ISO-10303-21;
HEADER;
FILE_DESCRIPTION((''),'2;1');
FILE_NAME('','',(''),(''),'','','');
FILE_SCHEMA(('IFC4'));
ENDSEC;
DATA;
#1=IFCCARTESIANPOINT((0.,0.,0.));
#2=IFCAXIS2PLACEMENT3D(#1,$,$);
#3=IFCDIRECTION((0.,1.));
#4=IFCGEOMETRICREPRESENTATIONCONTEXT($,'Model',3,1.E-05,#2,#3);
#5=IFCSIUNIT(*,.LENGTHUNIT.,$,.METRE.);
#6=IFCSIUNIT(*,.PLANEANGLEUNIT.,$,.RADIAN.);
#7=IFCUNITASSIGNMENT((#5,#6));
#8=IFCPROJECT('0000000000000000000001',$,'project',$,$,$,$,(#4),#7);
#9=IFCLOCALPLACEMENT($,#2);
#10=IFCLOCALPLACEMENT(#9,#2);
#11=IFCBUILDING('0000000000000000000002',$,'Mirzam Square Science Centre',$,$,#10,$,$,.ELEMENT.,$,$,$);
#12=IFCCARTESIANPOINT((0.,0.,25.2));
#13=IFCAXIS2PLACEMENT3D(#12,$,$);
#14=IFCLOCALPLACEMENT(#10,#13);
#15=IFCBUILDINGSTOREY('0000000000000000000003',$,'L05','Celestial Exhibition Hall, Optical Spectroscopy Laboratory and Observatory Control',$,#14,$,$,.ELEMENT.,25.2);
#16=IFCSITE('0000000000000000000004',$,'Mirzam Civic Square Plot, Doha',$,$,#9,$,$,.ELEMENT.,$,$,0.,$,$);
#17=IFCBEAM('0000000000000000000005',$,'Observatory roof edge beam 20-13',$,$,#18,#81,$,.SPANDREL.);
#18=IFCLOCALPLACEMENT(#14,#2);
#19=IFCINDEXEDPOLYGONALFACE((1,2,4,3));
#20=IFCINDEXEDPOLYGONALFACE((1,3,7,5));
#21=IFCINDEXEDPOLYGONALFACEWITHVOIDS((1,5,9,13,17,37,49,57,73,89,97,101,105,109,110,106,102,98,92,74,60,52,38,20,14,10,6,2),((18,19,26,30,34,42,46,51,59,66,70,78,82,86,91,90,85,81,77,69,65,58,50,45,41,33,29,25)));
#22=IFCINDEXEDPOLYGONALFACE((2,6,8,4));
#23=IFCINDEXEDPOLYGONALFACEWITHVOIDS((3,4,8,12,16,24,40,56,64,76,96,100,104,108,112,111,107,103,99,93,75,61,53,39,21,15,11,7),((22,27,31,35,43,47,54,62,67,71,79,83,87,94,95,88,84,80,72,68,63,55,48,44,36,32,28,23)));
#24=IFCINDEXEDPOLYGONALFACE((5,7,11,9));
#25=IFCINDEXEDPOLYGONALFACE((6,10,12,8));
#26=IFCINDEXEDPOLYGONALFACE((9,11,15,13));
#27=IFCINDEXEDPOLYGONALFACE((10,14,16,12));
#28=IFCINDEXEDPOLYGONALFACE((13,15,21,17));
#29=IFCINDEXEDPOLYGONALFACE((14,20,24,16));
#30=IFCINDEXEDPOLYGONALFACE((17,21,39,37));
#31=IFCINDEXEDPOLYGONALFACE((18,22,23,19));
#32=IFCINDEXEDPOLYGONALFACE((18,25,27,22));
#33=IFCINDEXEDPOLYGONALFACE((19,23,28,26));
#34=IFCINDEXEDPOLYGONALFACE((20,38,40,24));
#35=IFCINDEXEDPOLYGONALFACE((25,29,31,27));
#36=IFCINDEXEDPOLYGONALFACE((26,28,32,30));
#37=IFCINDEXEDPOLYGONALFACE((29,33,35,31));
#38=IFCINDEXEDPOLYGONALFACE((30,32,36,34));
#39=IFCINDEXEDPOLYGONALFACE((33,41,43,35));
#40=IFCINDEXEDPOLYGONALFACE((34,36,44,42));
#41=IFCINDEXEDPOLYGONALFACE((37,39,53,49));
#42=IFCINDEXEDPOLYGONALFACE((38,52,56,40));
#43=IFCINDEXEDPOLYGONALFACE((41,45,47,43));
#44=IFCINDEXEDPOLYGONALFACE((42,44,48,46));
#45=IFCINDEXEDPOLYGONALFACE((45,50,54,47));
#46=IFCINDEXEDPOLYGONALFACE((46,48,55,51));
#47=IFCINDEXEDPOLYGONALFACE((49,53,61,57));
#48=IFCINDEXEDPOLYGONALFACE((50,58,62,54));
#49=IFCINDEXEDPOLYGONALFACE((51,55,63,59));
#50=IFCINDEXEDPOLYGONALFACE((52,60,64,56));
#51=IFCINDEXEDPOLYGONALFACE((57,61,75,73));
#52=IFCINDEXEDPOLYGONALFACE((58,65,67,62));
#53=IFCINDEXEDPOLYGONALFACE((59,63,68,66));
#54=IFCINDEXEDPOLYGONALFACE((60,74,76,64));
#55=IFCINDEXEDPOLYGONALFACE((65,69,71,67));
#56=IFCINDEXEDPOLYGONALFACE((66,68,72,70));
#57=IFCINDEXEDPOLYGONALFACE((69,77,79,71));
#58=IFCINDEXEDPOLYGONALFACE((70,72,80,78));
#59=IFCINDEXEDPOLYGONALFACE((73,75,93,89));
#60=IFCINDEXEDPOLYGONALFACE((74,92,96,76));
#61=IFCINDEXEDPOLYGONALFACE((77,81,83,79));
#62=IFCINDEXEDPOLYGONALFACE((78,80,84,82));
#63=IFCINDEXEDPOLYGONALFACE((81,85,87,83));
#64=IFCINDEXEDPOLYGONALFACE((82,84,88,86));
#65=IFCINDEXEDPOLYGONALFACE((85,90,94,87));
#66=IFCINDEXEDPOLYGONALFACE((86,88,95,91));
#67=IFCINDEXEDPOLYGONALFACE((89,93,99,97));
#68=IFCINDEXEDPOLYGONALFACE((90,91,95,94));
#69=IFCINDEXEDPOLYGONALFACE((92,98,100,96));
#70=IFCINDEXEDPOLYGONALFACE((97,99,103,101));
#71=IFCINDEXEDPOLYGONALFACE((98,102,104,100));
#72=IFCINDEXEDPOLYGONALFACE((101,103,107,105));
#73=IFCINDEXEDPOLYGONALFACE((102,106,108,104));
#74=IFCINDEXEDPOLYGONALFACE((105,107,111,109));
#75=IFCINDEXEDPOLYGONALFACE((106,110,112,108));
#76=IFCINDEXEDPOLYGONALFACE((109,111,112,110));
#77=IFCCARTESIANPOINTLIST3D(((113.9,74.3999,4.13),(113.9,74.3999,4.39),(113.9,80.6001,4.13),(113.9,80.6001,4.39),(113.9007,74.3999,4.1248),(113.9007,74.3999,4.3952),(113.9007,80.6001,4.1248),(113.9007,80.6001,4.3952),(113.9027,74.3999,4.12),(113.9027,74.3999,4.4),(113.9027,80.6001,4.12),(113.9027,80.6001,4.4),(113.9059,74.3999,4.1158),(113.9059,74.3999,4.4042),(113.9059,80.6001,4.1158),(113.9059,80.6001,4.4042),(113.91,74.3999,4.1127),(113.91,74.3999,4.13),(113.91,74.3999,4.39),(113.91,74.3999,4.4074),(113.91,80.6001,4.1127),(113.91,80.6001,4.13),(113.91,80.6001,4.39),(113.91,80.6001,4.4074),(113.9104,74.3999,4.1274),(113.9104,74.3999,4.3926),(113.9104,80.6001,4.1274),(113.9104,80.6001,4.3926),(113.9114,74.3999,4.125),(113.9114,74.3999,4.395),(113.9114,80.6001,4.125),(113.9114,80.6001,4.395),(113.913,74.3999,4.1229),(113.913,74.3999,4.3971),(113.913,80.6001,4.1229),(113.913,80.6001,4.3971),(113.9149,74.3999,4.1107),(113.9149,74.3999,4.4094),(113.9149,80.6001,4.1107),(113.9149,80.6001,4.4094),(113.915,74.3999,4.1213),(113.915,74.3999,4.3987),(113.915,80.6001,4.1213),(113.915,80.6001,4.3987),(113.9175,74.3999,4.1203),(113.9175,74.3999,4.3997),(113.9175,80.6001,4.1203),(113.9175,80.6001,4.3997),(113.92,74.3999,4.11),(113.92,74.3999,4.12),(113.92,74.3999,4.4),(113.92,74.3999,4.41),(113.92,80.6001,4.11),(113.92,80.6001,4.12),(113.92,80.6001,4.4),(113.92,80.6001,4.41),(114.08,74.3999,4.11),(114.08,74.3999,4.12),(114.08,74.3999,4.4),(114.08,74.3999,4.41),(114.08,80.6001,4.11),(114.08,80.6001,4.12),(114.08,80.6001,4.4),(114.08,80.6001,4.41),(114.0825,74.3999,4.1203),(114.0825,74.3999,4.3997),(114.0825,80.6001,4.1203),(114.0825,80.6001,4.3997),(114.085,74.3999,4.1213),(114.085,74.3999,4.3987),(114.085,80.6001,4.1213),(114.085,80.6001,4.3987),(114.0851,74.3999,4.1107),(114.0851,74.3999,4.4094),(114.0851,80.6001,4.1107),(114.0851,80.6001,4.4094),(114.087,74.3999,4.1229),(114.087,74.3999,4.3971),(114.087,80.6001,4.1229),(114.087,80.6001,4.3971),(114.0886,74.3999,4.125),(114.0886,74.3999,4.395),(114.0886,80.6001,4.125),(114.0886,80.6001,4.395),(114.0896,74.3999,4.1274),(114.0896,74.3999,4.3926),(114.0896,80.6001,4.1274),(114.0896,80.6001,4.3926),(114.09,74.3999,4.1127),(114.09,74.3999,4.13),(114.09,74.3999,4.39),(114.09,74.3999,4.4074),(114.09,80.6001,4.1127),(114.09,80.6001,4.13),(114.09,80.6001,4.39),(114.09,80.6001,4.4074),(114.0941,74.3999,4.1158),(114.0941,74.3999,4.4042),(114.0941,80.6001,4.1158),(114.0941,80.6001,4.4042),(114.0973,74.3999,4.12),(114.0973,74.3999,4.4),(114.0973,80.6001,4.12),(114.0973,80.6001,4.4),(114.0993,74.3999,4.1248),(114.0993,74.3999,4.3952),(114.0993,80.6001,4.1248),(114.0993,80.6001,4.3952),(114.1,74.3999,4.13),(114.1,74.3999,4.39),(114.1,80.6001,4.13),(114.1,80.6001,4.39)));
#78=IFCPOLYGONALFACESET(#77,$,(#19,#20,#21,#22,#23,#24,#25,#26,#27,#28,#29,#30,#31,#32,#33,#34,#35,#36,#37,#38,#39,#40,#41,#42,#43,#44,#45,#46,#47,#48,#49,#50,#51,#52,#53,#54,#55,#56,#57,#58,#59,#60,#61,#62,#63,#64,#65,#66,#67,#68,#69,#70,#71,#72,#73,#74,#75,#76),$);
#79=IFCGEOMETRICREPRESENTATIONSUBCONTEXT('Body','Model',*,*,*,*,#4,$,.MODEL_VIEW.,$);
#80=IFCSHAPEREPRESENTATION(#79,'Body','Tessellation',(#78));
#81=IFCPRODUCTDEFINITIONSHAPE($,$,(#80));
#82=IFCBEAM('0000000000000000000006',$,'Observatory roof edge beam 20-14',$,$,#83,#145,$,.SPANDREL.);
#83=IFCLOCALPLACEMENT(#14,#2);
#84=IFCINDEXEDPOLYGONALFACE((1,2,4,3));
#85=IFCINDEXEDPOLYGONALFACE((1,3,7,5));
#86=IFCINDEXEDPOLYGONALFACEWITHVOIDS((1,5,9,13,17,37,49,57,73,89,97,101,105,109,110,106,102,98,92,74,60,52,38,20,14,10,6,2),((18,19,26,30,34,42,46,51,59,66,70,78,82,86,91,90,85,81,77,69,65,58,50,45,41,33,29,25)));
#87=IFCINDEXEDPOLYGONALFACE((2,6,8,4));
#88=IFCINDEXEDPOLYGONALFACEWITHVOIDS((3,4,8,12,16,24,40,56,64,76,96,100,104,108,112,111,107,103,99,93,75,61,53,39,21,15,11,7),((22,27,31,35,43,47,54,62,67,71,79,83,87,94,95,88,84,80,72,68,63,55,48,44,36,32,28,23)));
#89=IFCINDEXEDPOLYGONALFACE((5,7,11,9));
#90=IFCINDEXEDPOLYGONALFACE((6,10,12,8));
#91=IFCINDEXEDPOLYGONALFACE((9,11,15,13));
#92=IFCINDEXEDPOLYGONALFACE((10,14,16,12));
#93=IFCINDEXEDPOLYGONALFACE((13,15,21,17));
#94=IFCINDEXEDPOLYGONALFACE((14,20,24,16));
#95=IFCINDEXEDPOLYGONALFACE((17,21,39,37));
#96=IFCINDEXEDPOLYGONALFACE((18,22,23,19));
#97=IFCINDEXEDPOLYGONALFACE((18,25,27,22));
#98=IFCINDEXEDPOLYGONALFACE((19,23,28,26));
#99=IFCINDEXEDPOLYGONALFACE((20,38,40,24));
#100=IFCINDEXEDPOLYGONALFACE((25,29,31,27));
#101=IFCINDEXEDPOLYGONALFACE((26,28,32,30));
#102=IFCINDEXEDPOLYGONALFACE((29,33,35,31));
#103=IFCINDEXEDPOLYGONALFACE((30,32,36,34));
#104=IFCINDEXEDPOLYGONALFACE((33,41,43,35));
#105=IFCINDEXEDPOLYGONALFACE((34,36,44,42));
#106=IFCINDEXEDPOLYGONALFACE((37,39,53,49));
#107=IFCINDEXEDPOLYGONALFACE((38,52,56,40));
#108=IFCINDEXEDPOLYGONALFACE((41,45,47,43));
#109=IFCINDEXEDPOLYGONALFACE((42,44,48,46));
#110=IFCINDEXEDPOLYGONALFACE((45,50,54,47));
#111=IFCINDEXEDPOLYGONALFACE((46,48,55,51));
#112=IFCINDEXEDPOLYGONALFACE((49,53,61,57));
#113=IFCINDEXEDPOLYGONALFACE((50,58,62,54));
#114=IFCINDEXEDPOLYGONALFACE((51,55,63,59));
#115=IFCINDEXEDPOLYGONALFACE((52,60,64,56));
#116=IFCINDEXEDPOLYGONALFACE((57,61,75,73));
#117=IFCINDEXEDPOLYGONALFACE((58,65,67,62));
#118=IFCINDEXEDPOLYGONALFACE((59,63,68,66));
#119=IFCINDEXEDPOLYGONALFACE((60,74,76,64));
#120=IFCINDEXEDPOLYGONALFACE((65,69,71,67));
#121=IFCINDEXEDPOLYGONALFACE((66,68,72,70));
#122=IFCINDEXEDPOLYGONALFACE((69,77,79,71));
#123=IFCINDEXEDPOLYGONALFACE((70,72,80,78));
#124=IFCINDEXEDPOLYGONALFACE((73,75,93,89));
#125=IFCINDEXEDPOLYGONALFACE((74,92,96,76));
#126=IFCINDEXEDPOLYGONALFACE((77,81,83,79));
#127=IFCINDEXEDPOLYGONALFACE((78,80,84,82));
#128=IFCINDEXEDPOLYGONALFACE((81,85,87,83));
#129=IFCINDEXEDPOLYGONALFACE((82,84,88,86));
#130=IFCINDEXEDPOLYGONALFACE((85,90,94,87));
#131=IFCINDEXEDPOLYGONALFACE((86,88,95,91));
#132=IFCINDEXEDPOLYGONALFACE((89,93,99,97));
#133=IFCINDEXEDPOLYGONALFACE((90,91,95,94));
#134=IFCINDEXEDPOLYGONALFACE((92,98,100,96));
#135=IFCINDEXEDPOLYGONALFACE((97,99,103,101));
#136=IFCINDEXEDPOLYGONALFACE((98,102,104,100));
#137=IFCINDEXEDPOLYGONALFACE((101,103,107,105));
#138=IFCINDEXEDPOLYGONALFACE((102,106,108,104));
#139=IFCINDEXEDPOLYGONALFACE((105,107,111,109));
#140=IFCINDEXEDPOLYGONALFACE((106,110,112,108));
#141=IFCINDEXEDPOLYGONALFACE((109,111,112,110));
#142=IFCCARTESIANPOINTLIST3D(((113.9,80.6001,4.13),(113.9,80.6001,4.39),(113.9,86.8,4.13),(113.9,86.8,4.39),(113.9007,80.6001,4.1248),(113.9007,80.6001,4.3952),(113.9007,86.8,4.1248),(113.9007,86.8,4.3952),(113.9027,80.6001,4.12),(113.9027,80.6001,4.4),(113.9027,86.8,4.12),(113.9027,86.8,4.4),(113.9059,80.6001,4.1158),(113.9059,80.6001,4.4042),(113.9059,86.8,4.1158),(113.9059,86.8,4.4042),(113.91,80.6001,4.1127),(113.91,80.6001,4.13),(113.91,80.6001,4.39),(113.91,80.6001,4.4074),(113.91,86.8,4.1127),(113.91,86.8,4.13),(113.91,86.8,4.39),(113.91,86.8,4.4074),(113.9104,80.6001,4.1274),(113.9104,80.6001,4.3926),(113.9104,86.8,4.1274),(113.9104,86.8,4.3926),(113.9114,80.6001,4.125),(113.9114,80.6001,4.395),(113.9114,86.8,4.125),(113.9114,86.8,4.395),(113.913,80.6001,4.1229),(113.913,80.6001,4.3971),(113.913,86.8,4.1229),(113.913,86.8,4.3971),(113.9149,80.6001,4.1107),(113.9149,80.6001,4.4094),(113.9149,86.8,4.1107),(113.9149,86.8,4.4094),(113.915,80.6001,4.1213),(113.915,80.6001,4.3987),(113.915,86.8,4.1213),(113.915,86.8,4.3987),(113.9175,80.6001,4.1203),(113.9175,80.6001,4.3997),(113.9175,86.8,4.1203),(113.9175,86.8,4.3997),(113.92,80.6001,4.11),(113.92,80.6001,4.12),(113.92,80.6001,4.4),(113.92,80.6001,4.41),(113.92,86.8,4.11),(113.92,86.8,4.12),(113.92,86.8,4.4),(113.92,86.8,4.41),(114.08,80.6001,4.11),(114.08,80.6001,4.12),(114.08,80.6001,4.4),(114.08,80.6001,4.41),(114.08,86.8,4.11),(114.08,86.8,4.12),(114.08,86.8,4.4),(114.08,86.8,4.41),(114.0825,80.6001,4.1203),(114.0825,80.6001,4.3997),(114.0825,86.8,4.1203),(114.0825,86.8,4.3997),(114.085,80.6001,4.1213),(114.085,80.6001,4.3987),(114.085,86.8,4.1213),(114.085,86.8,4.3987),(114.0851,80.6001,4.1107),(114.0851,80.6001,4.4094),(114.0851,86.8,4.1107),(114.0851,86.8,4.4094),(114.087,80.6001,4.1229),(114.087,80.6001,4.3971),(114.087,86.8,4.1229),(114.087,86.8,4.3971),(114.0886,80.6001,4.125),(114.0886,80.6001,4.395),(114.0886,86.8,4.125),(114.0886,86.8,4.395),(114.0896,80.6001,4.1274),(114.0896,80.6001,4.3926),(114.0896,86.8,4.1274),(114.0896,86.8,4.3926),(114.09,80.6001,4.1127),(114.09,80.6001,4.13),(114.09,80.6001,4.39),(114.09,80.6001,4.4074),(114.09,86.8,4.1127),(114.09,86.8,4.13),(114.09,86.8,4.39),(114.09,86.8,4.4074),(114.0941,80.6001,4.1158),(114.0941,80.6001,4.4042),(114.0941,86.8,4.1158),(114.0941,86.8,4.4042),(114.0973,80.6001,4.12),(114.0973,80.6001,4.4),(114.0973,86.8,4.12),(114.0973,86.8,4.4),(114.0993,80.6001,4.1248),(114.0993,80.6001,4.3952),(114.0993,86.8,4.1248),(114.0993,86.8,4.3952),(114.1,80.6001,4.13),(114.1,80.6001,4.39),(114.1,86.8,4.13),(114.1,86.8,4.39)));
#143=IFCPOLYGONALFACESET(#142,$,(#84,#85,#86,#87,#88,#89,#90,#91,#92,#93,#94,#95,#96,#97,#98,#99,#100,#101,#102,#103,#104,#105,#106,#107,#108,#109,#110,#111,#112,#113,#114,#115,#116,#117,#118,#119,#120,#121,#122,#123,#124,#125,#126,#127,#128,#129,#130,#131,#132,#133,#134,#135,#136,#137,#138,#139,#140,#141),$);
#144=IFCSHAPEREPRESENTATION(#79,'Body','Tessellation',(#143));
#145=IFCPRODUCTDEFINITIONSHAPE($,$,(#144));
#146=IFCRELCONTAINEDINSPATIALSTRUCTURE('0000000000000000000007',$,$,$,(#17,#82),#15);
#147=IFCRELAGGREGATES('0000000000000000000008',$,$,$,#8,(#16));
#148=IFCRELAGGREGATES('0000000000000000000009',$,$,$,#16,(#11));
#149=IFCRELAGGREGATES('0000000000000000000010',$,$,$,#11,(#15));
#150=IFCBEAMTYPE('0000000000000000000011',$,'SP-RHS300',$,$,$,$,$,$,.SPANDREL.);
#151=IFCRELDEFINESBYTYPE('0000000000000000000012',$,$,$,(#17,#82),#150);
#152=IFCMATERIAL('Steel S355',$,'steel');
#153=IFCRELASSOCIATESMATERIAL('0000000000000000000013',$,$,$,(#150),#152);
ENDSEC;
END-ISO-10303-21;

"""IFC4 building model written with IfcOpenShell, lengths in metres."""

from ifc_helpers import new_model, si_unit, direction, frame, origin, origin_2d, place, context, subcontext, project, spatial, hollow_rectangle, extrude, material, material_profile, profile_set, type_object, element, save


model = new_model("IFC4")

# Units and contexts
model_context = context("Model", 3, precision=1e-05, world=origin(), true_north=direction((0.0, 1.0)))
body_context = subcontext(model_context, "Body", "Model", "MODEL_VIEW")
ifc_project = project(units=[si_unit("LENGTHUNIT", "METRE"), si_unit("PLANEANGLEUNIT", "RADIAN")], contexts=[model_context])

# Site, building, storey
site_placement = place(None, origin())
site = spatial("IfcSite", under=ifc_project, at=site_placement, Name="Mirzam Civic Square Plot, Doha", CompositionType="ELEMENT", RefElevation=0.0)
building_placement = place(site_placement, origin())
building = spatial("IfcBuilding", under=site, at=building_placement, Name="Mirzam Square Science Centre", CompositionType="ELEMENT")
storey_placement = place(building_placement, frame((0.0, 0.0, 25.2)))
storey = spatial("IfcBuildingStorey", under=building, at=storey_placement, Name="L05", Description="Celestial Exhibition Hall, Optical Spectroscopy Laboratory and Observatory Control", CompositionType="ELEMENT", Elevation=25.2)

# Shared definitions
ifc_material_1 = material(Name="Steel S355", Category="steel")

# Beams
ifc_material_profile_1 = material_profile(ifc_material_1, hollow_rectangle(XDim=0.2, YDim=0.3, WallThickness=0.01, InnerFilletRadius=0.01, OuterFilletRadius=0.02, at=origin_2d()), Name="300x200x10.0RHS")
ifc_profile_set_1 = profile_set([ifc_material_profile_1], Name="Steel S355")
beam_type_1 = type_object("IfcBeamType", Name="SP-RHS300", PredefinedType="SPANDREL", material=ifc_profile_set_1)
beam_1_placement = place(storey_placement, frame((114.0, 74.3999, 4.26), z_axis=(0.0, 1.0, 0.0), x_axis=(-1.0, 0.0, 0.0)))
element("IfcBeam", 1, at=beam_1_placement, inside=storey, type_object=beam_type_1, Name="Observatory roof edge beam 20-13", PredefinedType="SPANDREL", context=body_context, shape_type="SweptSolid", body=[
    extrude(hollow_rectangle(XDim=0.2, YDim=0.3, WallThickness=0.01, InnerFilletRadius=0.01, OuterFilletRadius=0.02, at=origin_2d()), origin(), (0.0, 0.0, 1.0), 6.2002),
])
for number, where, z_axis, x_axis, name in (
    (2, (114.0, 80.6001, 4.26), (0.0, 1.0, 0.0), (-1.0, 0.0, 0.0), "Observatory roof edge beam 20-14"),
):
    element("IfcBeam", number, at=place(storey_placement, frame(where, z_axis=z_axis, x_axis=x_axis)), inside=storey, type_object=beam_type_1, Name=name, PredefinedType="SPANDREL", context=body_context, shape_type="SweptSolid", body=[
        extrude(hollow_rectangle(XDim=0.2, YDim=0.3, WallThickness=0.01, InnerFilletRadius=0.01, OuterFilletRadius=0.02, at=origin_2d()), origin(), (0.0, 0.0, 1.0), 6.2),
    ])

save(model, "model.ifc")
